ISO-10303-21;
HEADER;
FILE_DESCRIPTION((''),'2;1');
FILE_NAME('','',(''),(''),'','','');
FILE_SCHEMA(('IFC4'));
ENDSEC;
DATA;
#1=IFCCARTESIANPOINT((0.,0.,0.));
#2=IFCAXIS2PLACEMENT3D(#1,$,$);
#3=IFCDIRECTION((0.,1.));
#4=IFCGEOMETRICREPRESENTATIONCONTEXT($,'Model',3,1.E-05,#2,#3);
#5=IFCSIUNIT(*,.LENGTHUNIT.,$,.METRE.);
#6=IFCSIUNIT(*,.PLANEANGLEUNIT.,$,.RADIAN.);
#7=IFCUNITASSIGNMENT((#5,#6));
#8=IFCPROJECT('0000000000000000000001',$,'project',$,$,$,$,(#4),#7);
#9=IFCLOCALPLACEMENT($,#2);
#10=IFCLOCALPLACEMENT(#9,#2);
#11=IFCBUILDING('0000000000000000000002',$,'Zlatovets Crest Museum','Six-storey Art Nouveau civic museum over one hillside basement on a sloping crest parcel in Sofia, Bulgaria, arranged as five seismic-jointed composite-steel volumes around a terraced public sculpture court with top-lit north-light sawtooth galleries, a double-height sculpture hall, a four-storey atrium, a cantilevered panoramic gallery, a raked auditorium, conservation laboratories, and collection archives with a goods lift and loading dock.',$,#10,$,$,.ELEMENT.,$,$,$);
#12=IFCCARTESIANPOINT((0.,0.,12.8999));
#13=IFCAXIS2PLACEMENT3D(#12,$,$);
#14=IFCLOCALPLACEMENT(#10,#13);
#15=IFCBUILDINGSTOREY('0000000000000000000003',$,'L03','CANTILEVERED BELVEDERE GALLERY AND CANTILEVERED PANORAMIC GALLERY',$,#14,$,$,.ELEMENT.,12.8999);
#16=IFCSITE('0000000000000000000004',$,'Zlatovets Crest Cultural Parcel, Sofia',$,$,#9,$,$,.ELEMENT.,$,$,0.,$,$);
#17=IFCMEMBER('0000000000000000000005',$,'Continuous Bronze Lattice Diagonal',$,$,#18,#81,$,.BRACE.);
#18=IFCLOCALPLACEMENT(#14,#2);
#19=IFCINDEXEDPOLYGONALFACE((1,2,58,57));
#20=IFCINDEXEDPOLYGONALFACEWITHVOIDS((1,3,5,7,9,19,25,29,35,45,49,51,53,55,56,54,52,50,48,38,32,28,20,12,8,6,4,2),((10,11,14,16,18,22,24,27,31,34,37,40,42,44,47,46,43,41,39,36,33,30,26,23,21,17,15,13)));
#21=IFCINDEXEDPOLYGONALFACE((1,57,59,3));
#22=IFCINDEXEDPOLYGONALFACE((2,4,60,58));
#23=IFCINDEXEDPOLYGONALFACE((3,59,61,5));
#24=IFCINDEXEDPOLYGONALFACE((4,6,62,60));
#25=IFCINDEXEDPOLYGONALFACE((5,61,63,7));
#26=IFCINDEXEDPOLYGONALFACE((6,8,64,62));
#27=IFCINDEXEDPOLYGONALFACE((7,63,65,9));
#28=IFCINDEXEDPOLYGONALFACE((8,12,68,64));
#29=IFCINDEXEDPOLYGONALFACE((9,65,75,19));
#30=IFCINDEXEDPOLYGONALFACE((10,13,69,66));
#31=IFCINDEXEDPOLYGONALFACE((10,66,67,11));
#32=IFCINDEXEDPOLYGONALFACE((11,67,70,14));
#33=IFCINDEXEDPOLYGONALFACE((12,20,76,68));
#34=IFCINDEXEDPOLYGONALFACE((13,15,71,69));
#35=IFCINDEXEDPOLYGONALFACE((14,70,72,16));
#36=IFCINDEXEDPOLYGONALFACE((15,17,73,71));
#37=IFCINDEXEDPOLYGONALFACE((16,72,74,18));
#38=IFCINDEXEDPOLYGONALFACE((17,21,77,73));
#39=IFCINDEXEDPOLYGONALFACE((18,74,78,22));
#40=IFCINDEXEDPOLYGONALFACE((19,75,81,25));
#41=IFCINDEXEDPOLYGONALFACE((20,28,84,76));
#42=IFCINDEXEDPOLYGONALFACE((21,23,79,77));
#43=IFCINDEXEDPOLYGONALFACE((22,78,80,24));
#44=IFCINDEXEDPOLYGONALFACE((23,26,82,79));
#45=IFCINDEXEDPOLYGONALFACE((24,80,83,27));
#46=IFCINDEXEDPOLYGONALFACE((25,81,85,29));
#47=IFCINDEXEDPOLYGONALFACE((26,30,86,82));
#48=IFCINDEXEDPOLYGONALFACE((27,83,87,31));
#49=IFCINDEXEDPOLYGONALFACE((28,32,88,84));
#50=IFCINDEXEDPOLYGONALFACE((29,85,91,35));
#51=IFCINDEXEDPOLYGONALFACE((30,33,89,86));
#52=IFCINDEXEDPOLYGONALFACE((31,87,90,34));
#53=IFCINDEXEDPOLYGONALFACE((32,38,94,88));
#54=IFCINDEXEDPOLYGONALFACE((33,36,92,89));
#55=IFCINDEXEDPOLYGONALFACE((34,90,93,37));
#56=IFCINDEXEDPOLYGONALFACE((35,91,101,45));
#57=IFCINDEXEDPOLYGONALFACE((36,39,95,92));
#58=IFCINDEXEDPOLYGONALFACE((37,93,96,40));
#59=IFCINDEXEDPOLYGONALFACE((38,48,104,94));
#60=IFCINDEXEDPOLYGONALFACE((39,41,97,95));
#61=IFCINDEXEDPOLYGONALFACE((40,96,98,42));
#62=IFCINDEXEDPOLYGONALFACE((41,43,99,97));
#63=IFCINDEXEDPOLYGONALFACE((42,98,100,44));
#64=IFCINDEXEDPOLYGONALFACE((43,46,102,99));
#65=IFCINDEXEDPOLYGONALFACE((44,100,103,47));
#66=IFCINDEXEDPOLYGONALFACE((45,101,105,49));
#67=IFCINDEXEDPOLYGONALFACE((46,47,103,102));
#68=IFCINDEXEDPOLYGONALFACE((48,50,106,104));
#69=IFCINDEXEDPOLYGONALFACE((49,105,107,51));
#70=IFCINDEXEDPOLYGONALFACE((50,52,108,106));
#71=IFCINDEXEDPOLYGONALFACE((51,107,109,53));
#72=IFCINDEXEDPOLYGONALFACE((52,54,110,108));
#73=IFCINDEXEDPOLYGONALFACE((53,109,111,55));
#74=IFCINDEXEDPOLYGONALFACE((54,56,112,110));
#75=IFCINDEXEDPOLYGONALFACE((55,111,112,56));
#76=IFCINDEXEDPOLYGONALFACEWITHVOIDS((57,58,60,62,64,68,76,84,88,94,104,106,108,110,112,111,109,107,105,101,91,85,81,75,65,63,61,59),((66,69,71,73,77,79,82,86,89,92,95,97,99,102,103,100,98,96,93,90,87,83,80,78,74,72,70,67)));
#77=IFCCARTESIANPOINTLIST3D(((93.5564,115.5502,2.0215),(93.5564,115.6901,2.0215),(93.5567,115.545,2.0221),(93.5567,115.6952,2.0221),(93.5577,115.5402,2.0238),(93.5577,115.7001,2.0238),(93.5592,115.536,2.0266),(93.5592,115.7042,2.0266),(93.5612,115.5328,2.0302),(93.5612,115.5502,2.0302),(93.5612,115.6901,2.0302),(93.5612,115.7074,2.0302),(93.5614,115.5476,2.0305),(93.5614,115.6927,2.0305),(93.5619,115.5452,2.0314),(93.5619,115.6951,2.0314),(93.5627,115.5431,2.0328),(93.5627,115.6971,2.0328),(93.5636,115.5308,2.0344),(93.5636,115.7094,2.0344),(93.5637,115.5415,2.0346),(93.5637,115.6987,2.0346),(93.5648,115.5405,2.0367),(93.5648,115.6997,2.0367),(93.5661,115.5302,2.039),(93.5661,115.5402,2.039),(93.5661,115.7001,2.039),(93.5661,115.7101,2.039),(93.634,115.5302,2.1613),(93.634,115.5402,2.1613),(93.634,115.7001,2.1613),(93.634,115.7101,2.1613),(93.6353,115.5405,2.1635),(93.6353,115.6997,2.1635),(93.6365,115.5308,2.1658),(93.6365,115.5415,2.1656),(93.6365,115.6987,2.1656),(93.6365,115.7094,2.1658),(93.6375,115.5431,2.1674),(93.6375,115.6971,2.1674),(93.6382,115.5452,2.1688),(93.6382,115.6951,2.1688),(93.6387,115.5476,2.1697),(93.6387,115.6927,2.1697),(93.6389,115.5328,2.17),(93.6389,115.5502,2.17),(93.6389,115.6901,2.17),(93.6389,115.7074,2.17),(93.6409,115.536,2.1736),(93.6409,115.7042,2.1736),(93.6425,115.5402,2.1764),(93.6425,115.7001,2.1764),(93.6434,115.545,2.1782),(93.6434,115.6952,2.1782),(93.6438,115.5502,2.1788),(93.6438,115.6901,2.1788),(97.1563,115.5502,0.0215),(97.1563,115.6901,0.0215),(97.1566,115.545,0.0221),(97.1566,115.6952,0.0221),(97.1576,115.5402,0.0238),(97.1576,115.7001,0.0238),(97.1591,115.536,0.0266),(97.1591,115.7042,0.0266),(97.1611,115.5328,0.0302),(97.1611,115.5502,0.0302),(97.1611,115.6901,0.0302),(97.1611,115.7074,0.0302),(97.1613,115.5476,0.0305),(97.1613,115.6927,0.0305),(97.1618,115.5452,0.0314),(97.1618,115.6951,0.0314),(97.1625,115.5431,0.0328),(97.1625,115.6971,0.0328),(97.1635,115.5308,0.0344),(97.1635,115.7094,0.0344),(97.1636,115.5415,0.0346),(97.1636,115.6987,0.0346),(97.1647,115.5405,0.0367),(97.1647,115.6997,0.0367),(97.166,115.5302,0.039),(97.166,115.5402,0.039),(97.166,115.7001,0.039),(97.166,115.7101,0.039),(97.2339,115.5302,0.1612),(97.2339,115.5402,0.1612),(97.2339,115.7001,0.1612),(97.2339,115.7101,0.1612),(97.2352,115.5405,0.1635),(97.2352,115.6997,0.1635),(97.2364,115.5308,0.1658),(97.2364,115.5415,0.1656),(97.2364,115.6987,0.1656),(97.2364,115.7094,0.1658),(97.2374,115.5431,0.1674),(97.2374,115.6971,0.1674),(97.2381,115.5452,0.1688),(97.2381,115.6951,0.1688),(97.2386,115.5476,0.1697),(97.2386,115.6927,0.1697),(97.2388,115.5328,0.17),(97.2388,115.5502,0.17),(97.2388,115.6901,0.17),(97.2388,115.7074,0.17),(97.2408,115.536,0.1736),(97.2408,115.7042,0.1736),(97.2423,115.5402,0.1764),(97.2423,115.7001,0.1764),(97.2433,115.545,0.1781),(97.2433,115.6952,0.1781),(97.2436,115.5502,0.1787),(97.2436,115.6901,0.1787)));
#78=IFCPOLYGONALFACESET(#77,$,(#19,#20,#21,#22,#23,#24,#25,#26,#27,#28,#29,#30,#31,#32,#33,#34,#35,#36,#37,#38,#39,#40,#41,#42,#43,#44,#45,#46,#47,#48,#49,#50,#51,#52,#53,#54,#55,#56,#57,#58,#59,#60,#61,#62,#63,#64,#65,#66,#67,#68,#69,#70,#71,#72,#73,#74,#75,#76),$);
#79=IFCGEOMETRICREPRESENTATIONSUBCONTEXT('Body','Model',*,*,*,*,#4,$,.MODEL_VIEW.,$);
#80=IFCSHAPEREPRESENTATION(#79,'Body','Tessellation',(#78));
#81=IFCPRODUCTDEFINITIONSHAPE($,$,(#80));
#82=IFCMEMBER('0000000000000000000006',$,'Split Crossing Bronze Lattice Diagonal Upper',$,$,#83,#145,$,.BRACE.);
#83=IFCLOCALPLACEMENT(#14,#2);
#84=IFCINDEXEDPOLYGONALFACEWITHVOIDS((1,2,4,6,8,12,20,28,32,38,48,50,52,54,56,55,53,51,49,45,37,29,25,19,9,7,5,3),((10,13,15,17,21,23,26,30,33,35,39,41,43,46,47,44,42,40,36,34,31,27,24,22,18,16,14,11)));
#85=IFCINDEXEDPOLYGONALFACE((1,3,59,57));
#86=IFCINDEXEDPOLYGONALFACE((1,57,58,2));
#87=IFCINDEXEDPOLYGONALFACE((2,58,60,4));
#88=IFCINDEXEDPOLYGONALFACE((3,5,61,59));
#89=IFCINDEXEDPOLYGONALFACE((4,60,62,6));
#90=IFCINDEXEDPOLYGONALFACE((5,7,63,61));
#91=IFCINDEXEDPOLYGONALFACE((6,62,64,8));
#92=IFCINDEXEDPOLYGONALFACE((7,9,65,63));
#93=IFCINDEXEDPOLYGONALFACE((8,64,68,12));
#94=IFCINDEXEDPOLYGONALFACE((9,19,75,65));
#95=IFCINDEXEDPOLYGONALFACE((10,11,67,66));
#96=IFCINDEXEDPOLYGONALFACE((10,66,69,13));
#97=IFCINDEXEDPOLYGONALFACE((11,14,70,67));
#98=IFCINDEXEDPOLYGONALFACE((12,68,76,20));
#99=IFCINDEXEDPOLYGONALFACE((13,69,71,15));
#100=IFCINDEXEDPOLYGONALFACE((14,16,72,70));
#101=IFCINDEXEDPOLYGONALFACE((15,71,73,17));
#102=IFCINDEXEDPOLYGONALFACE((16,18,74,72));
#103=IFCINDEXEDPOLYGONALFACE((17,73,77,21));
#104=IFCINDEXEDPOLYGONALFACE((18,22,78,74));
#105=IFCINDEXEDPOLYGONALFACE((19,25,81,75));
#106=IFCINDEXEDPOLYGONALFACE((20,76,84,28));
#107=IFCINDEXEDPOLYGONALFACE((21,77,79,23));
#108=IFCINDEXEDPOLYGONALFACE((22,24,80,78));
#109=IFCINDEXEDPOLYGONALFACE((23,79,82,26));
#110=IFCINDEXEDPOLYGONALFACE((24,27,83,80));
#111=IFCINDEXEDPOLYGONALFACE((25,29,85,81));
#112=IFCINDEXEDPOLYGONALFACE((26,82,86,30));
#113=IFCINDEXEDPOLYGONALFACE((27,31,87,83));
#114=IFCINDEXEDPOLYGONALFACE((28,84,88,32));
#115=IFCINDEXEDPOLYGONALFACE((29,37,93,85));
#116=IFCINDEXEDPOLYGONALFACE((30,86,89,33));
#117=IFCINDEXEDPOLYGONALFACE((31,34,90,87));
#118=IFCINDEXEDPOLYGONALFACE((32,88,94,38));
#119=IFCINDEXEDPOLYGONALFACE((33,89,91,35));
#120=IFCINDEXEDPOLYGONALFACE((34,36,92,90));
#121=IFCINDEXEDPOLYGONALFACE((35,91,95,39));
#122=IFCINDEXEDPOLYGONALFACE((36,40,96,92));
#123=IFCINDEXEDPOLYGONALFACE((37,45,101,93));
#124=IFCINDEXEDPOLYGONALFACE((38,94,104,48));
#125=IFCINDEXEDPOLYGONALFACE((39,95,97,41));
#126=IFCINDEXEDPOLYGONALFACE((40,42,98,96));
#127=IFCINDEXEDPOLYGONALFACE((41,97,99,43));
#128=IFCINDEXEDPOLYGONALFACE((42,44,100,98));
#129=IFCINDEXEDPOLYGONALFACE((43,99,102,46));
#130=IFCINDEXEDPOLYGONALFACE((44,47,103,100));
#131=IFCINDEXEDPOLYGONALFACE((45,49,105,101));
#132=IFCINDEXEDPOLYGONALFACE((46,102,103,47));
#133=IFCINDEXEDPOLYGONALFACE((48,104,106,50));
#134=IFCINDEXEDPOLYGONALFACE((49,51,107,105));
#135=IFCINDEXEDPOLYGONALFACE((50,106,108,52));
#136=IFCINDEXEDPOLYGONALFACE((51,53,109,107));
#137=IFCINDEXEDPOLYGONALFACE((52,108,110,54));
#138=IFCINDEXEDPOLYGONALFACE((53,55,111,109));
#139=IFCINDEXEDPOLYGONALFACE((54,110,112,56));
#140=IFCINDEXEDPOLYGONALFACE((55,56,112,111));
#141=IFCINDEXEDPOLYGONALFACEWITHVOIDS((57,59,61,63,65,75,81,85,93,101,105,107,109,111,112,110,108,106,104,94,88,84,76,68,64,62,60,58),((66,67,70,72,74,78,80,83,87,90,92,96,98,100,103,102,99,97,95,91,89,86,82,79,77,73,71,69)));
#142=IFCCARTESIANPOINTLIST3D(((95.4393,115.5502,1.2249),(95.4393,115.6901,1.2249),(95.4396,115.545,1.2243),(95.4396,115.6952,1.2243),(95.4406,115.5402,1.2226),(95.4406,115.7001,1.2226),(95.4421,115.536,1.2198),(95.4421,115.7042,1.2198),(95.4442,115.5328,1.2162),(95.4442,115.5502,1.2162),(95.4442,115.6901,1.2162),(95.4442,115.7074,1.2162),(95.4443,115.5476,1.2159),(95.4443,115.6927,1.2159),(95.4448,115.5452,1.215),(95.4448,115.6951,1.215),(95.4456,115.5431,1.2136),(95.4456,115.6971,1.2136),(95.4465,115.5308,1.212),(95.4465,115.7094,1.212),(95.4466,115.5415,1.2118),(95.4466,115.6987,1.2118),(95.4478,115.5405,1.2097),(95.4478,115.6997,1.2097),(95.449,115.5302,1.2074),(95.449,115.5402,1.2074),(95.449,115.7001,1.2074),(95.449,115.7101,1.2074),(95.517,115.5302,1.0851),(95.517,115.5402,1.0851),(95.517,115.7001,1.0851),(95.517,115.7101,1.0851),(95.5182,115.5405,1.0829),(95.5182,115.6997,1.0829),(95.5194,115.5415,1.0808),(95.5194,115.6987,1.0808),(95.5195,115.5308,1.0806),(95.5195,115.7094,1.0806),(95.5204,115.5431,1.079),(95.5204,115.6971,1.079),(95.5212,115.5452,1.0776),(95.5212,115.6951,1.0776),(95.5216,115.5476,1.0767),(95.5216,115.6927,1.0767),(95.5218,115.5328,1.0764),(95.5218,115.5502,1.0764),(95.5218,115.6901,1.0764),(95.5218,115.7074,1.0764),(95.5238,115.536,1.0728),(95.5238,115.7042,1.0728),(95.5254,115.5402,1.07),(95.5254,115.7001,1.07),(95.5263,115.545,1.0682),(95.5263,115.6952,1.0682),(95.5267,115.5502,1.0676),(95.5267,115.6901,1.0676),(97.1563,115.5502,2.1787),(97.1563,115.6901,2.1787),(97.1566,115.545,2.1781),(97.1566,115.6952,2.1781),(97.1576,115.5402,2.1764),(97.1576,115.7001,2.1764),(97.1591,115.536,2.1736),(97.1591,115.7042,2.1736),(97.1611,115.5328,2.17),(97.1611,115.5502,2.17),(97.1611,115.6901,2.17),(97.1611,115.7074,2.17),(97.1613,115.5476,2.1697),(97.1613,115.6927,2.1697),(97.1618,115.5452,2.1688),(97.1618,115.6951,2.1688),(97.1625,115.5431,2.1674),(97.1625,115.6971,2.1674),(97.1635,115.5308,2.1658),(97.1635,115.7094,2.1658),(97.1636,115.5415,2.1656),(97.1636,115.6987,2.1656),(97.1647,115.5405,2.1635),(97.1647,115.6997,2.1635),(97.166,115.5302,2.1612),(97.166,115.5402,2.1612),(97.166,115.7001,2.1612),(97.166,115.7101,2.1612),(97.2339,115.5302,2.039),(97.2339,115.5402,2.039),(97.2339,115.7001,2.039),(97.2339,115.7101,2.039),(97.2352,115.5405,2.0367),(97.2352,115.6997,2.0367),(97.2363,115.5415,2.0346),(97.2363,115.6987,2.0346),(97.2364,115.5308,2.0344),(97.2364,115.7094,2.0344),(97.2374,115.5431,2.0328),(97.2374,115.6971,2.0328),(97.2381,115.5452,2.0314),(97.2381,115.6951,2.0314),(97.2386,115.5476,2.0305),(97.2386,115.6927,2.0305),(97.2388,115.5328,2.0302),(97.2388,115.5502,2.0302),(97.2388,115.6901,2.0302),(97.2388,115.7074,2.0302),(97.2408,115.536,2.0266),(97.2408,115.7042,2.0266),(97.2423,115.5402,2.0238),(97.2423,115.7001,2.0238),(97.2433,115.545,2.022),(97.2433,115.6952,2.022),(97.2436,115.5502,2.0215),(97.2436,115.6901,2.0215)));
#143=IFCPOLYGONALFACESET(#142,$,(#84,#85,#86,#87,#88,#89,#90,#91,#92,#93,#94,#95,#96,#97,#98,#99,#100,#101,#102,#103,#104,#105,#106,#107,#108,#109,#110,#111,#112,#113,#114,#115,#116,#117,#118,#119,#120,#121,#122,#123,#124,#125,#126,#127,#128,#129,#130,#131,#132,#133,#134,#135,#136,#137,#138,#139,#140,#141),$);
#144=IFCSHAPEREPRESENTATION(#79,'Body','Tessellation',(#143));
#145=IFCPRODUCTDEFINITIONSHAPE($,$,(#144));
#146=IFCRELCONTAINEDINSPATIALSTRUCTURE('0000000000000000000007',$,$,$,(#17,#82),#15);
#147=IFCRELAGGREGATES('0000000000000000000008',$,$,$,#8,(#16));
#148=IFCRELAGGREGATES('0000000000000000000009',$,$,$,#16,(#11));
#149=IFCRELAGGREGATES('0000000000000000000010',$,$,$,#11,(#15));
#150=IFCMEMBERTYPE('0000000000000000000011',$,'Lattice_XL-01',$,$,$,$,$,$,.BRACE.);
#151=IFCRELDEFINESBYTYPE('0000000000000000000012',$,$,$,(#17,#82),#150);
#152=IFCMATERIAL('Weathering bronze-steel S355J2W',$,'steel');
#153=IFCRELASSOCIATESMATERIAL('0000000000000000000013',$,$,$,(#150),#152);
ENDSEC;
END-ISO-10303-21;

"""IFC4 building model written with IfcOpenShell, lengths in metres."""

from ifc_helpers import new_model, si_unit, direction, frame, origin, origin_2d, place, context, subcontext, project, spatial, hollow_rectangle, extrude, material, material_profile, profile_set, type_object, element, save


model = new_model("IFC4")

# Units and contexts
model_context = context("Model", 3, precision=1e-05, world=origin(), true_north=direction((0.0, 1.0)))
body_context = subcontext(model_context, "Body", "Model", "MODEL_VIEW")
ifc_project = project(units=[si_unit("LENGTHUNIT", "METRE"), si_unit("PLANEANGLEUNIT", "RADIAN")], contexts=[model_context])

# Site, building, storey
site_placement = place(None, origin())
site = spatial("IfcSite", under=ifc_project, at=site_placement, Name="Zlatovets Crest Cultural Parcel, Sofia", CompositionType="ELEMENT", RefElevation=0.0)
building_placement = place(site_placement, origin())
building = spatial("IfcBuilding", under=site, at=building_placement, Name="Zlatovets Crest Museum", Description="Six-storey Art Nouveau civic museum over one hillside basement on a sloping crest parcel in Sofia, Bulgaria, arranged as five seismic-jointed composite-steel volumes around a terraced public sculpture court with top-lit north-light sawtooth galleries, a double-height sculpture hall, a four-storey atrium, a cantilevered panoramic gallery, a raked auditorium, conservation laboratories, and collection archives with a goods lift and loading dock.", CompositionType="ELEMENT")
storey_placement = place(building_placement, frame((0.0, 0.0, 12.8999)))
storey = spatial("IfcBuildingStorey", under=building, at=storey_placement, Name="L03", Description="CANTILEVERED BELVEDERE GALLERY AND CANTILEVERED PANORAMIC GALLERY", CompositionType="ELEMENT", Elevation=12.8999)

# Members
ifc_material_1 = material(Name="Weathering bronze-steel S355J2W", Category="steel")
ifc_material_profile_1 = material_profile(ifc_material_1, hollow_rectangle(XDim=0.1799, YDim=0.1799, WallThickness=0.01, InnerFilletRadius=0.01, OuterFilletRadius=0.02, at=origin_2d()), Name="SHS 180x180x10.0")
ifc_profile_set_1 = profile_set([ifc_material_profile_1], Name="Weathering bronze-steel S355J2W")
member_type_1 = type_object("IfcMemberType", Name="Lattice_XL-01", PredefinedType="BRACE", material=ifc_profile_set_1)
member_1_placement = place(storey_placement, frame((97.2, 115.6201, 0.1001), z_axis=(-0.874149, 0.0, 0.485658), x_axis=(0.0, -1.0, 0.0)))
element("IfcMember", 1, at=member_1_placement, inside=storey, type_object=member_type_1, Name="Continuous Bronze Lattice Diagonal", PredefinedType="BRACE", context=body_context, shape_type="SweptSolid", body=[
    extrude(hollow_rectangle(XDim=0.1799, YDim=0.1799, WallThickness=0.01, InnerFilletRadius=0.01, OuterFilletRadius=0.02, at=origin_2d()), origin(), (0.0, 0.0, 1.0), 4.1182),
])
member_2_placement = place(storey_placement, frame((97.2, 115.6201, 2.1001), z_axis=(-0.874169, 0.0, -0.485622), x_axis=(0.0, -1.0, 0.0)))
element("IfcMember", 2, at=member_2_placement, inside=storey, type_object=member_type_1, Name="Split Crossing Bronze Lattice Diagonal Upper", PredefinedType="BRACE", context=body_context, shape_type="SweptSolid", body=[
    extrude(hollow_rectangle(XDim=0.1799, YDim=0.1799, WallThickness=0.01, InnerFilletRadius=0.01, OuterFilletRadius=0.02, at=origin_2d()), origin(), (0.0, 0.0, 1.0), 1.9641),
])

save(model, "model.ifc")
